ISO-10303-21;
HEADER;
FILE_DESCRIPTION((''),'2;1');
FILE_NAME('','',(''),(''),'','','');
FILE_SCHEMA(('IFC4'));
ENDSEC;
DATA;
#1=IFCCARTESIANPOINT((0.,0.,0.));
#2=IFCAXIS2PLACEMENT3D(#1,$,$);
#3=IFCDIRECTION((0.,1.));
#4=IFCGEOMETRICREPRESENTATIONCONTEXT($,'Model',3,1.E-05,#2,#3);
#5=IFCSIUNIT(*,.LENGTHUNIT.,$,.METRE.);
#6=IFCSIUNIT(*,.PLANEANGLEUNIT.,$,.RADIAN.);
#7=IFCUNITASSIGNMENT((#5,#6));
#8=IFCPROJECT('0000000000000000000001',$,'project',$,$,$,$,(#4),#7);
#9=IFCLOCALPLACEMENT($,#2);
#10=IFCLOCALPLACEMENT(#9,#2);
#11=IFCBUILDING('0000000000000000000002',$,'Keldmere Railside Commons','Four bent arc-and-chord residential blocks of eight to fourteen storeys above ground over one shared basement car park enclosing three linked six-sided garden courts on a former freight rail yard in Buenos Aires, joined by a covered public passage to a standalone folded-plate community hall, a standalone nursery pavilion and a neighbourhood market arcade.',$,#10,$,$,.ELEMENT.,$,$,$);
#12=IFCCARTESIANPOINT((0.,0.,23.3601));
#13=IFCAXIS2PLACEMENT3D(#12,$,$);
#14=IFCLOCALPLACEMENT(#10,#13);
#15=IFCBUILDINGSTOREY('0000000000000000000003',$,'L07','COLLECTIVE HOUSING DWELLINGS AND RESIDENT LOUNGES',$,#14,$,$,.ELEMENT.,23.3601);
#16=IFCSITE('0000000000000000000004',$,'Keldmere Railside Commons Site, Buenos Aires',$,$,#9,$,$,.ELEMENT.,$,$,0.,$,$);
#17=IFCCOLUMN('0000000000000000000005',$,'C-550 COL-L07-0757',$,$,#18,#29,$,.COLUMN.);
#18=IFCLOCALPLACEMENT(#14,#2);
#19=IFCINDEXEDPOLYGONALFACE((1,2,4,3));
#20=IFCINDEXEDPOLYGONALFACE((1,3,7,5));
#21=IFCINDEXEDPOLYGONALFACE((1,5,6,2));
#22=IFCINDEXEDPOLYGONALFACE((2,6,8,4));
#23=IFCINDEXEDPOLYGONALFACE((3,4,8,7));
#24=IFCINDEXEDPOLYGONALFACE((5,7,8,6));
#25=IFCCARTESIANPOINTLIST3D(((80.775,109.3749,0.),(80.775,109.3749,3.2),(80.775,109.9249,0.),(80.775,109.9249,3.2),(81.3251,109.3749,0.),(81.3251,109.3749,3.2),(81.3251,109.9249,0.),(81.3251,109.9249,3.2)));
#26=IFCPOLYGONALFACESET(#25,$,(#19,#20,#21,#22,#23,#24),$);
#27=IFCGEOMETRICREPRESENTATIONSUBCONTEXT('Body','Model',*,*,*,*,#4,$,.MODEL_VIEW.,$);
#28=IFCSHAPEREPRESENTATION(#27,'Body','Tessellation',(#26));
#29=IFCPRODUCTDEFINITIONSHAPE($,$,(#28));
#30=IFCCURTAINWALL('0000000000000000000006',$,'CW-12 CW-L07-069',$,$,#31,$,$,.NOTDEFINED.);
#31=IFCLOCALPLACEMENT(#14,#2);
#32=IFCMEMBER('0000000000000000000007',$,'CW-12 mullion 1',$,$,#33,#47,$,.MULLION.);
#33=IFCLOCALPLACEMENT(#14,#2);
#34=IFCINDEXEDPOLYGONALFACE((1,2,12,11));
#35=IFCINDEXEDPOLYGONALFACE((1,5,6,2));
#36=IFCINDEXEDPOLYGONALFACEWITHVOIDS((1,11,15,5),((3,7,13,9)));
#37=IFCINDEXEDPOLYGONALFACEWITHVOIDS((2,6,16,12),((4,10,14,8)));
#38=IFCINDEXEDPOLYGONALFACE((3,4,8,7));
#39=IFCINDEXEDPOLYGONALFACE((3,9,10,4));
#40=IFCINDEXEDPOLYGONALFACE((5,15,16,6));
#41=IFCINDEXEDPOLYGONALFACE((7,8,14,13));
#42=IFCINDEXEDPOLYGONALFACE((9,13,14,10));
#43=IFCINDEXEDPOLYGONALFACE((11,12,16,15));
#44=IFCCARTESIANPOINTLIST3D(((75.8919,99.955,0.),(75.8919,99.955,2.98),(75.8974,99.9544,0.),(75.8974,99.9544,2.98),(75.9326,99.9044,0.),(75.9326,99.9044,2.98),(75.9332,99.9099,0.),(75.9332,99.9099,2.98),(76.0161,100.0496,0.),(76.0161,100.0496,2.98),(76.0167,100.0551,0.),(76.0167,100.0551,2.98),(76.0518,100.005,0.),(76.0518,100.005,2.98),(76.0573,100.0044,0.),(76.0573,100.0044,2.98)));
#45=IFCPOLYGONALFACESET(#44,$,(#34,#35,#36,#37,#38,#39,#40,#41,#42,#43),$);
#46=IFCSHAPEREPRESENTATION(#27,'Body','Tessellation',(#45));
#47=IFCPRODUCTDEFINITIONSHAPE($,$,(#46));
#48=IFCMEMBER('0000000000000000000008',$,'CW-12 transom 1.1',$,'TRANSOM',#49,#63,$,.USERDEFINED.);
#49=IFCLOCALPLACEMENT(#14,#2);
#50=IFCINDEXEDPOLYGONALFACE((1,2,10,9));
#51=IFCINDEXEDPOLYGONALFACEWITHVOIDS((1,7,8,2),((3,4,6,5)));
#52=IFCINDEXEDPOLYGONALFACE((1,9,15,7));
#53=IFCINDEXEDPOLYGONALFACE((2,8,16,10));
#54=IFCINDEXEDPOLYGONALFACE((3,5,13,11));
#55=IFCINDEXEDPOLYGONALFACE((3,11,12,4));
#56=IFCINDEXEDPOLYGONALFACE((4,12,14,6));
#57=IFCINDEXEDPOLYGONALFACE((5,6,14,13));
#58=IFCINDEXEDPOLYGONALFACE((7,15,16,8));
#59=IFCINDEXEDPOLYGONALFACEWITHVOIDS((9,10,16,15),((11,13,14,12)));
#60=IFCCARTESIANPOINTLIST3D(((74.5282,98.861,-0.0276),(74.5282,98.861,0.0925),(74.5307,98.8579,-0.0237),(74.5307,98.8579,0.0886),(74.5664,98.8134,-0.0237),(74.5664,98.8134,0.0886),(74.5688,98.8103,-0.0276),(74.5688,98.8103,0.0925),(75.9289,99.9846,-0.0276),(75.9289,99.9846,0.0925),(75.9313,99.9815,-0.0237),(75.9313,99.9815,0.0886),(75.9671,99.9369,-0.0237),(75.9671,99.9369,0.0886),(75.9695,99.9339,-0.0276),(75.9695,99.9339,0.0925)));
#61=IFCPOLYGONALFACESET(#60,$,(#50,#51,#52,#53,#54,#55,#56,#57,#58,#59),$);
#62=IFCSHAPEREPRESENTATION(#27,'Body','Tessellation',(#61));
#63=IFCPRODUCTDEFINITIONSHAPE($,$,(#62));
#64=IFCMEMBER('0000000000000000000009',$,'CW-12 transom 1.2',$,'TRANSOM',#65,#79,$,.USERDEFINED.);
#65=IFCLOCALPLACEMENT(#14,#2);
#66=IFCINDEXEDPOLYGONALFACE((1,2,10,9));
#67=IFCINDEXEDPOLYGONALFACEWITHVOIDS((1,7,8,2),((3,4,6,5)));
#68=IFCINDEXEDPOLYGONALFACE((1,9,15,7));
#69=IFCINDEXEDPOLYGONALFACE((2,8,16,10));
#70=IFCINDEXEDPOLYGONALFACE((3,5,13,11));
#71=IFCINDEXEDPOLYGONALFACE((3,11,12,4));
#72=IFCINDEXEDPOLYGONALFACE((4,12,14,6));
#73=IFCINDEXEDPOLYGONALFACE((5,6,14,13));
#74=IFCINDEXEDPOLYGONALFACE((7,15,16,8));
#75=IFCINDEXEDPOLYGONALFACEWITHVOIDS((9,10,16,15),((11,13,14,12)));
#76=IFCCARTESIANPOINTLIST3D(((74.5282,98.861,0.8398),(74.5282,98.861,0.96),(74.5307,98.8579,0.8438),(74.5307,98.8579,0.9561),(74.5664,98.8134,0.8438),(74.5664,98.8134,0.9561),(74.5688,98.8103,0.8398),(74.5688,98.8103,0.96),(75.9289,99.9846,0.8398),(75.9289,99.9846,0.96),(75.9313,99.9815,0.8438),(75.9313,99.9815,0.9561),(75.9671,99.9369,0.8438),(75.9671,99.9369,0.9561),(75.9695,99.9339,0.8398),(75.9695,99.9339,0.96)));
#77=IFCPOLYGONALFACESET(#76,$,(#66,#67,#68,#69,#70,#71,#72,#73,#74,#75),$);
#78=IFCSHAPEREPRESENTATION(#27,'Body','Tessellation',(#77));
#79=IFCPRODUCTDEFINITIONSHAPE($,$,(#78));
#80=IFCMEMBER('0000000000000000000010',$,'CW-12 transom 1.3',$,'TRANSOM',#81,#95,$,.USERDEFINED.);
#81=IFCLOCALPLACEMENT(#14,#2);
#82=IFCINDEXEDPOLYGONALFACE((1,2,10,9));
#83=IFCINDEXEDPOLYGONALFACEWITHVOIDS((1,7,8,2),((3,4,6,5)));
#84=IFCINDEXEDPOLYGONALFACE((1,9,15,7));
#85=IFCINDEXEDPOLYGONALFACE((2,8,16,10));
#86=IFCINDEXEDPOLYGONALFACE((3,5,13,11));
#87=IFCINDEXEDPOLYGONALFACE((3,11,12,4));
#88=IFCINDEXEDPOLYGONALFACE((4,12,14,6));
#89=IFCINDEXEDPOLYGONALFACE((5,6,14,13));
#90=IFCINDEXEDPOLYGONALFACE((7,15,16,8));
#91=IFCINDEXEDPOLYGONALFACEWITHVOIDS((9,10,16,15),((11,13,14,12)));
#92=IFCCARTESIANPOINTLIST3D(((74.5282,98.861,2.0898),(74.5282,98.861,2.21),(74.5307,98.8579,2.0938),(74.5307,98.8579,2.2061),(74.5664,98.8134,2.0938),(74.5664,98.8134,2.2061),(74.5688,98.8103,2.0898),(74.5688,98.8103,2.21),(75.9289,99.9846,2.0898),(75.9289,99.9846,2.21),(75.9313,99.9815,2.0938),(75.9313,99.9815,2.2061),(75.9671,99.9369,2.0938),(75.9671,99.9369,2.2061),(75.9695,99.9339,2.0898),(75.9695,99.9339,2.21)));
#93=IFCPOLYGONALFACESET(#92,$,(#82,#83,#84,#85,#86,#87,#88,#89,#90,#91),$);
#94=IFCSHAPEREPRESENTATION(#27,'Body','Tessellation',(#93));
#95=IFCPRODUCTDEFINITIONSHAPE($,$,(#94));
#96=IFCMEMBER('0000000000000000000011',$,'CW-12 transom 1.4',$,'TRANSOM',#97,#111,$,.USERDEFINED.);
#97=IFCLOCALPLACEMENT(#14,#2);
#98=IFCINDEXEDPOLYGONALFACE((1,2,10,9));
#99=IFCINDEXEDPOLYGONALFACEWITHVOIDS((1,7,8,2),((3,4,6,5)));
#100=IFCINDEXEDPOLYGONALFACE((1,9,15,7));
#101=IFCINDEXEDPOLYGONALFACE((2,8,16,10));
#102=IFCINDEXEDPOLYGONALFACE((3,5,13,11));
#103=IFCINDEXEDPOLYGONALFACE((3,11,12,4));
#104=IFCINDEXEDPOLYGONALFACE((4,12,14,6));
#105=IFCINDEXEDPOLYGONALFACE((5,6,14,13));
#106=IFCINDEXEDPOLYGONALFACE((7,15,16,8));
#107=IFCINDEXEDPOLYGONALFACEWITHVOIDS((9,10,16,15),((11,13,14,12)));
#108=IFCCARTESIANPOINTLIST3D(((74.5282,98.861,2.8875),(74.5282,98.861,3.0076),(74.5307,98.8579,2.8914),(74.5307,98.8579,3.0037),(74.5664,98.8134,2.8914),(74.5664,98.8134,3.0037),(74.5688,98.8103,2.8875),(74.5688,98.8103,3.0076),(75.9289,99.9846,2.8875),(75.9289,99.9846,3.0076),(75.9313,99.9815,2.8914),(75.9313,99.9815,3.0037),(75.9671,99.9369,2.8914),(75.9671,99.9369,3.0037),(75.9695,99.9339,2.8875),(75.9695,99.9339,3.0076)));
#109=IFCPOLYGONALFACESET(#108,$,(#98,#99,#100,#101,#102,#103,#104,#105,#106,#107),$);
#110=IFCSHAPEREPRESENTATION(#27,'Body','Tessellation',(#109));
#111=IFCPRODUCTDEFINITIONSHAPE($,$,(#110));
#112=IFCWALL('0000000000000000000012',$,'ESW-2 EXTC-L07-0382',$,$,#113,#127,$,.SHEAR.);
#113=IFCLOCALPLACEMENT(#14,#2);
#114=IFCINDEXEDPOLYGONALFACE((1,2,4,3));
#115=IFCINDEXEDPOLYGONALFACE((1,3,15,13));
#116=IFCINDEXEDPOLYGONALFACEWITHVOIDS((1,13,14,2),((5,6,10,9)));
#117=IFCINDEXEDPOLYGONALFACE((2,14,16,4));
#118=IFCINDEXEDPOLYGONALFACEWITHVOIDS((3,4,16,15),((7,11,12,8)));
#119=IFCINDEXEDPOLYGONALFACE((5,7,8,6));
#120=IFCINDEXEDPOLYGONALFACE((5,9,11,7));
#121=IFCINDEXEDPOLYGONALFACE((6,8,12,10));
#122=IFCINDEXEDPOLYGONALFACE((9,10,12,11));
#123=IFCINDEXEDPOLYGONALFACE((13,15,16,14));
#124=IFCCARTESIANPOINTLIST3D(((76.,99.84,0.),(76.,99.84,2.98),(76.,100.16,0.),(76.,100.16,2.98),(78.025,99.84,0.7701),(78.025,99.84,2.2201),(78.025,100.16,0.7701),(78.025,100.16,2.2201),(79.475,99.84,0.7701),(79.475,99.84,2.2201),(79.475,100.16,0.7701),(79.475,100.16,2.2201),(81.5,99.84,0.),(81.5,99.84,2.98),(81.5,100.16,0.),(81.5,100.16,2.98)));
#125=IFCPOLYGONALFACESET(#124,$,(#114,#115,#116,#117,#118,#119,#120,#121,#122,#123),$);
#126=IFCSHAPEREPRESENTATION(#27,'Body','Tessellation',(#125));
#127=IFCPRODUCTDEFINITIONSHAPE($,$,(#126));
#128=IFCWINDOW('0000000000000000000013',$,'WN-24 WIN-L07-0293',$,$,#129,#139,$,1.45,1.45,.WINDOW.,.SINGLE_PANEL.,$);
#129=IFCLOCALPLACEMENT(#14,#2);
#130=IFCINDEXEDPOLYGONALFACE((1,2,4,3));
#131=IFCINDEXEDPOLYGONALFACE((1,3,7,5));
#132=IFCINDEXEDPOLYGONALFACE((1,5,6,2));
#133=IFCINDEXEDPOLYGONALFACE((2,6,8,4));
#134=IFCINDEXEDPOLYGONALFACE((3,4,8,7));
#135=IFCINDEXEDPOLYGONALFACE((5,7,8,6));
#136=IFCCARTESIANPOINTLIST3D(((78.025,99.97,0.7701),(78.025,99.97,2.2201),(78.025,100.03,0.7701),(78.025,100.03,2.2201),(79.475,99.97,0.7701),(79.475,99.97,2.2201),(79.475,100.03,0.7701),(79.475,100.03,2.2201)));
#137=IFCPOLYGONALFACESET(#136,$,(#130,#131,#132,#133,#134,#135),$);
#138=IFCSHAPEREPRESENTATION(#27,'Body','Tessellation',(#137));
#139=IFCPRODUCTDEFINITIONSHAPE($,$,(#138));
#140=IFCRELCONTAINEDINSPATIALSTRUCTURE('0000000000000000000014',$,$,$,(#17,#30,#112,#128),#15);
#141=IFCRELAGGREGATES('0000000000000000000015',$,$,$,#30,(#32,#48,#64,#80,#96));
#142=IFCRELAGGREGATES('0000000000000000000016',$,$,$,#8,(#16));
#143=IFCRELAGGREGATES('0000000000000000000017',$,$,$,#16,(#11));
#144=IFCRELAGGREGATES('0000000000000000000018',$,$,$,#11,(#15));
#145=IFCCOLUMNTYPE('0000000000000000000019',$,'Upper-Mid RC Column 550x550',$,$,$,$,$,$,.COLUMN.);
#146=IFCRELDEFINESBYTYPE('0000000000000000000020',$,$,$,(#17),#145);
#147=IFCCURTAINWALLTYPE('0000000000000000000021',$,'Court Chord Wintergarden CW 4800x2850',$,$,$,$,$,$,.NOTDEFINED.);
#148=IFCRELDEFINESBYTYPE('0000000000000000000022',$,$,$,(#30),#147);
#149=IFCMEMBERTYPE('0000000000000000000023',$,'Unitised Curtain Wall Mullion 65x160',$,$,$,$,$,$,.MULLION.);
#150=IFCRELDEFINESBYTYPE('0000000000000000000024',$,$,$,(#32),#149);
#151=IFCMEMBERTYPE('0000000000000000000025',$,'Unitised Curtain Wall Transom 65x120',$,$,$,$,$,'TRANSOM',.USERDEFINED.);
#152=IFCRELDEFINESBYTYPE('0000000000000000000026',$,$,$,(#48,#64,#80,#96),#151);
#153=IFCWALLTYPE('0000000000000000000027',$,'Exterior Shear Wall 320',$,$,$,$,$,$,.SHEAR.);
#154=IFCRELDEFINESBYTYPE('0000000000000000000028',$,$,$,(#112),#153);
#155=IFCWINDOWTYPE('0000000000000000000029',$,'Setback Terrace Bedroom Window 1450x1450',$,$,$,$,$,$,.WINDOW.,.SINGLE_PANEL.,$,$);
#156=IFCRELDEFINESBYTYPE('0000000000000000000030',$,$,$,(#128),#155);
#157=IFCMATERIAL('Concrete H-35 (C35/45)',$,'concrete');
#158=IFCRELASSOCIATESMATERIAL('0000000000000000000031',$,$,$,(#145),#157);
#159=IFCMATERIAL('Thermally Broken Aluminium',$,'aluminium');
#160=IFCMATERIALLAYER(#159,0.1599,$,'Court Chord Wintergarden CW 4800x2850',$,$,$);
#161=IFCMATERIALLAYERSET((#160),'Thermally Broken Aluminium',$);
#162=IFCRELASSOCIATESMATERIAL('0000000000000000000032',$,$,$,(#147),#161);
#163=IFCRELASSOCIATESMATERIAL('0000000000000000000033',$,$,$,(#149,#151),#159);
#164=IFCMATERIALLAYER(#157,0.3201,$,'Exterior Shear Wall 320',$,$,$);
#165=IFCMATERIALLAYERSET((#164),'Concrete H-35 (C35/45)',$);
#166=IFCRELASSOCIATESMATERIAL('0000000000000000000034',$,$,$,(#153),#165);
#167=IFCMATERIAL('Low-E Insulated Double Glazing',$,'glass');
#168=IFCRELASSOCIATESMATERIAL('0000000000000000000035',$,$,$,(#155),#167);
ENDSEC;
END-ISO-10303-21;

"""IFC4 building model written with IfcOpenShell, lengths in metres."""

from ifc_helpers import new_model, si_unit, direction, frame, frame_2d, origin, origin_2d, place, context, subcontext, project, spatial, rectangle, hollow_rectangle, extrude, material, layer, layer_set, material_profile, profile_set, type_object, element, fill, aggregate, save


model = new_model("IFC4")

# Units and contexts
model_context = context("Model", 3, precision=1e-05, world=origin(), true_north=direction((0.0, 1.0)))
body_context = subcontext(model_context, "Body", "Model", "MODEL_VIEW")
ifc_project = project(units=[si_unit("LENGTHUNIT", "METRE"), si_unit("PLANEANGLEUNIT", "RADIAN")], contexts=[model_context])

# Site, building, storey
site_placement = place(None, origin())
site = spatial("IfcSite", under=ifc_project, at=site_placement, Name="Keldmere Railside Commons Site, Buenos Aires", CompositionType="ELEMENT", RefElevation=0.0)
building_placement = place(site_placement, origin())
building = spatial("IfcBuilding", under=site, at=building_placement, Name="Keldmere Railside Commons", Description="Four bent arc-and-chord residential blocks of eight to fourteen storeys above ground over one shared basement car park enclosing three linked six-sided garden courts on a former freight rail yard in Buenos Aires, joined by a covered public passage to a standalone folded-plate community hall, a standalone nursery pavilion and a neighbourhood market arcade.", CompositionType="ELEMENT")
storey_placement = place(building_placement, frame((0.0, 0.0, 23.3601)))
storey = spatial("IfcBuildingStorey", under=building, at=storey_placement, Name="L07", Description="COLLECTIVE HOUSING DWELLINGS AND RESIDENT LOUNGES", CompositionType="ELEMENT", Elevation=23.3601)

# Column
ifc_material_1 = material(Name="Concrete H-35 (C35/45)", Category="concrete")
ifc_material_profile_1 = material_profile(ifc_material_1, rectangle(XDim=0.55, YDim=0.55, at=origin_2d()), Name="RC-550x550")
ifc_profile_set_1 = profile_set([ifc_material_profile_1], Name="Concrete H-35 (C35/45)")
column_type = type_object("IfcColumnType", Name="Upper-Mid RC Column 550x550", PredefinedType="COLUMN", material=ifc_profile_set_1)
column_placement = place(storey_placement, frame((81.05, 109.6499, 0.0), z_axis=(0.0, 0.0, 1.0), x_axis=(1.0, 0.0, 0.0)))
element("IfcColumn", 1, at=column_placement, inside=storey, type_object=column_type, Name="C-550 COL-L07-0757", PredefinedType="COLUMN", context=body_context, shape_type="SweptSolid", body=[
    extrude(rectangle(XDim=0.55, YDim=0.55, at=origin_2d()), origin(), (0.0, 0.0, 1.0), 3.2),
])

# Curtain wall, members
ifc_material_2 = material(Name="Thermally Broken Aluminium", Category="aluminium")
ifc_layer_1 = layer(ifc_material_2, 0.1599, Name="Court Chord Wintergarden CW 4800x2850")
ifc_layer_set_1 = layer_set([ifc_layer_1], Name="Thermally Broken Aluminium")
curtain_wall_type = type_object("IfcCurtainWallType", Name="Court Chord Wintergarden CW 4800x2850", PredefinedType="NOTDEFINED", material=ifc_layer_set_1)
curtain_wall_placement = place(storey_placement, origin())
curtain_wall = element("IfcCurtainWall", 2, at=curtain_wall_placement, inside=storey, type_object=curtain_wall_type, Name="CW-12 CW-L07-069", PredefinedType="NOTDEFINED")
ifc_material_profile_2 = material_profile(ifc_material_2, hollow_rectangle(XDim=0.0649, YDim=0.1599, WallThickness=0.0039, at=origin_2d()), Name="ALU-MULL-65x160")
ifc_profile_set_2 = profile_set([ifc_material_profile_2], Name="Thermally Broken Aluminium")
member_type_1 = type_object("IfcMemberType", Name="Unitised Curtain Wall Mullion 65x160", PredefinedType="MULLION", material=ifc_profile_set_2)
member_1_placement = place(storey_placement, frame((75.9746, 99.9797, 0.0), z_axis=(0.0, 0.0, 1.0), x_axis=(0.625768, -0.780009, 0.0)))
member_1 = element("IfcMember", 3, at=member_1_placement, type_object=member_type_1, Name="CW-12 mullion 1", PredefinedType="MULLION", context=body_context, shape_type="SweptSolid", body=[
    extrude(hollow_rectangle(XDim=0.0649, YDim=0.1599, WallThickness=0.0039, at=origin_2d()), origin(), (0.0, 0.0, 1.0), 2.98),
])
ifc_material_profile_3 = material_profile(ifc_material_2, hollow_rectangle(XDim=0.0649, YDim=0.1201, WallThickness=0.0039, at=origin_2d()), Name="ALU-TRAN-65x120")
ifc_profile_set_3 = profile_set([ifc_material_profile_3], Name="Thermally Broken Aluminium")
member_type_2 = type_object("IfcMemberType", Name="Unitised Curtain Wall Transom 65x120", ElementType="TRANSOM", PredefinedType="USERDEFINED", material=ifc_profile_set_3)
member_2_placement = place(storey_placement, frame((75.9492, 99.9592, 0.0325), z_axis=(-0.780046, -0.625723, 0.0), x_axis=(0.625723, -0.780046, 0.0)))
member_2 = element("IfcMember", 4, at=member_2_placement, type_object=member_type_2, Name="CW-12 transom 1.1", ObjectType="TRANSOM", PredefinedType="USERDEFINED", context=body_context, shape_type="SweptSolid", body=[
    extrude(hollow_rectangle(XDim=0.0649, YDim=0.1201, WallThickness=0.0039, at=origin_2d()), origin(), (0.0, 0.0, 1.0), 1.7957),
])
member_3_placement = place(storey_placement, frame((75.9492, 99.9592, 0.8999), z_axis=(-0.780046, -0.625723, 0.0), x_axis=(0.625723, -0.780046, 0.0)))
member_3 = element("IfcMember", 5, at=member_3_placement, type_object=member_type_2, Name="CW-12 transom 1.2", ObjectType="TRANSOM", PredefinedType="USERDEFINED", context=body_context, shape_type="SweptSolid", body=[
    extrude(hollow_rectangle(XDim=0.0649, YDim=0.1201, WallThickness=0.0039, at=origin_2d()), origin(), (0.0, 0.0, 1.0), 1.7957),
])
member_4_placement = place(storey_placement, frame((75.9492, 99.9592, 2.1499), z_axis=(-0.780046, -0.625723, 0.0), x_axis=(0.625723, -0.780046, 0.0)))
member_4 = element("IfcMember", 6, at=member_4_placement, type_object=member_type_2, Name="CW-12 transom 1.3", ObjectType="TRANSOM", PredefinedType="USERDEFINED", context=body_context, shape_type="SweptSolid", body=[
    extrude(hollow_rectangle(XDim=0.0649, YDim=0.1201, WallThickness=0.0039, at=origin_2d()), origin(), (0.0, 0.0, 1.0), 1.7957),
])
member_5_placement = place(storey_placement, frame((75.9492, 99.9592, 2.9475), z_axis=(-0.780046, -0.625723, 0.0), x_axis=(0.625723, -0.780046, 0.0)))
member_5 = element("IfcMember", 7, at=member_5_placement, type_object=member_type_2, Name="CW-12 transom 1.4", ObjectType="TRANSOM", PredefinedType="USERDEFINED", context=body_context, shape_type="SweptSolid", body=[
    extrude(hollow_rectangle(XDim=0.0649, YDim=0.1201, WallThickness=0.0039, at=origin_2d()), origin(), (0.0, 0.0, 1.0), 1.7957),
])
aggregate(curtain_wall, [member_1, member_2, member_3, member_4, member_5])

# Wall, opening, window
ifc_layer_2 = layer(ifc_material_1, 0.3201, Name="Exterior Shear Wall 320")
ifc_layer_set_2 = layer_set([ifc_layer_2], Name="Concrete H-35 (C35/45)")
wall_type_1 = type_object("IfcWallType", Name="Exterior Shear Wall 320", PredefinedType="SHEAR", material=ifc_layer_set_2)
wall_1_placement = place(storey_placement, frame((81.5, 100.0, 0.0), z_axis=(0.0, 0.0, 1.0), x_axis=(-1.0, 0.0, 0.0)))
wall_1 = element("IfcWall", 8, at=wall_1_placement, inside=storey, type_object=wall_type_1, Name="ESW-2 EXTC-L07-0382", PredefinedType="SHEAR", context=body_context, shape_type="SweptSolid", body=[
    extrude(rectangle(XDim=5.5, YDim=0.3201, at=frame_2d((2.75, 0.0))), origin(), (0.0, 0.0, 1.0), 2.98),
])
opening_1_placement = place(wall_1_placement, frame((2.0249, 0.0, 0.77)))
opening_1 = element("IfcOpeningElement", 9, at=opening_1_placement, cuts=wall_1, PredefinedType="OPENING", context=body_context, shape_type="SweptSolid", body=[
    extrude(rectangle(XDim=1.45, YDim=1.45, at=frame_2d((0.7251, 0.7251))), frame((0.0, 0.1699, 0.0), z_axis=(0.0, -1.0, 0.0), x_axis=(1.0, 0.0, 0.0)), (0.0, 0.0, 1.0), 0.3401),
])
ifc_material_3 = material(Name="Low-E Insulated Double Glazing", Category="glass")
window_type_1 = type_object("IfcWindowType", Name="Setback Terrace Bedroom Window 1450x1450", PartitioningType="SINGLE_PANEL", PredefinedType="WINDOW", material=ifc_material_3)
window_1_placement = place(opening_1_placement, origin())
window_1 = element("IfcWindow", 10, at=window_1_placement, inside=storey, type_object=window_type_1, Name="WN-24 WIN-L07-0293", OverallHeight=1.45, OverallWidth=1.45, PartitioningType="SINGLE_PANEL", PredefinedType="WINDOW", context=body_context, shape_type="SweptSolid", body=[
    extrude(rectangle(XDim=1.45, YDim=1.45, at=frame_2d((0.7251, 0.7251))), frame((0.0, 0.03, 0.0), z_axis=(0.0, -1.0, 0.0), x_axis=(1.0, 0.0, 0.0)), (0.0, 0.0, 1.0), 0.0601),
])
fill(opening_1, window_1)

save(model, "model.ifc")
